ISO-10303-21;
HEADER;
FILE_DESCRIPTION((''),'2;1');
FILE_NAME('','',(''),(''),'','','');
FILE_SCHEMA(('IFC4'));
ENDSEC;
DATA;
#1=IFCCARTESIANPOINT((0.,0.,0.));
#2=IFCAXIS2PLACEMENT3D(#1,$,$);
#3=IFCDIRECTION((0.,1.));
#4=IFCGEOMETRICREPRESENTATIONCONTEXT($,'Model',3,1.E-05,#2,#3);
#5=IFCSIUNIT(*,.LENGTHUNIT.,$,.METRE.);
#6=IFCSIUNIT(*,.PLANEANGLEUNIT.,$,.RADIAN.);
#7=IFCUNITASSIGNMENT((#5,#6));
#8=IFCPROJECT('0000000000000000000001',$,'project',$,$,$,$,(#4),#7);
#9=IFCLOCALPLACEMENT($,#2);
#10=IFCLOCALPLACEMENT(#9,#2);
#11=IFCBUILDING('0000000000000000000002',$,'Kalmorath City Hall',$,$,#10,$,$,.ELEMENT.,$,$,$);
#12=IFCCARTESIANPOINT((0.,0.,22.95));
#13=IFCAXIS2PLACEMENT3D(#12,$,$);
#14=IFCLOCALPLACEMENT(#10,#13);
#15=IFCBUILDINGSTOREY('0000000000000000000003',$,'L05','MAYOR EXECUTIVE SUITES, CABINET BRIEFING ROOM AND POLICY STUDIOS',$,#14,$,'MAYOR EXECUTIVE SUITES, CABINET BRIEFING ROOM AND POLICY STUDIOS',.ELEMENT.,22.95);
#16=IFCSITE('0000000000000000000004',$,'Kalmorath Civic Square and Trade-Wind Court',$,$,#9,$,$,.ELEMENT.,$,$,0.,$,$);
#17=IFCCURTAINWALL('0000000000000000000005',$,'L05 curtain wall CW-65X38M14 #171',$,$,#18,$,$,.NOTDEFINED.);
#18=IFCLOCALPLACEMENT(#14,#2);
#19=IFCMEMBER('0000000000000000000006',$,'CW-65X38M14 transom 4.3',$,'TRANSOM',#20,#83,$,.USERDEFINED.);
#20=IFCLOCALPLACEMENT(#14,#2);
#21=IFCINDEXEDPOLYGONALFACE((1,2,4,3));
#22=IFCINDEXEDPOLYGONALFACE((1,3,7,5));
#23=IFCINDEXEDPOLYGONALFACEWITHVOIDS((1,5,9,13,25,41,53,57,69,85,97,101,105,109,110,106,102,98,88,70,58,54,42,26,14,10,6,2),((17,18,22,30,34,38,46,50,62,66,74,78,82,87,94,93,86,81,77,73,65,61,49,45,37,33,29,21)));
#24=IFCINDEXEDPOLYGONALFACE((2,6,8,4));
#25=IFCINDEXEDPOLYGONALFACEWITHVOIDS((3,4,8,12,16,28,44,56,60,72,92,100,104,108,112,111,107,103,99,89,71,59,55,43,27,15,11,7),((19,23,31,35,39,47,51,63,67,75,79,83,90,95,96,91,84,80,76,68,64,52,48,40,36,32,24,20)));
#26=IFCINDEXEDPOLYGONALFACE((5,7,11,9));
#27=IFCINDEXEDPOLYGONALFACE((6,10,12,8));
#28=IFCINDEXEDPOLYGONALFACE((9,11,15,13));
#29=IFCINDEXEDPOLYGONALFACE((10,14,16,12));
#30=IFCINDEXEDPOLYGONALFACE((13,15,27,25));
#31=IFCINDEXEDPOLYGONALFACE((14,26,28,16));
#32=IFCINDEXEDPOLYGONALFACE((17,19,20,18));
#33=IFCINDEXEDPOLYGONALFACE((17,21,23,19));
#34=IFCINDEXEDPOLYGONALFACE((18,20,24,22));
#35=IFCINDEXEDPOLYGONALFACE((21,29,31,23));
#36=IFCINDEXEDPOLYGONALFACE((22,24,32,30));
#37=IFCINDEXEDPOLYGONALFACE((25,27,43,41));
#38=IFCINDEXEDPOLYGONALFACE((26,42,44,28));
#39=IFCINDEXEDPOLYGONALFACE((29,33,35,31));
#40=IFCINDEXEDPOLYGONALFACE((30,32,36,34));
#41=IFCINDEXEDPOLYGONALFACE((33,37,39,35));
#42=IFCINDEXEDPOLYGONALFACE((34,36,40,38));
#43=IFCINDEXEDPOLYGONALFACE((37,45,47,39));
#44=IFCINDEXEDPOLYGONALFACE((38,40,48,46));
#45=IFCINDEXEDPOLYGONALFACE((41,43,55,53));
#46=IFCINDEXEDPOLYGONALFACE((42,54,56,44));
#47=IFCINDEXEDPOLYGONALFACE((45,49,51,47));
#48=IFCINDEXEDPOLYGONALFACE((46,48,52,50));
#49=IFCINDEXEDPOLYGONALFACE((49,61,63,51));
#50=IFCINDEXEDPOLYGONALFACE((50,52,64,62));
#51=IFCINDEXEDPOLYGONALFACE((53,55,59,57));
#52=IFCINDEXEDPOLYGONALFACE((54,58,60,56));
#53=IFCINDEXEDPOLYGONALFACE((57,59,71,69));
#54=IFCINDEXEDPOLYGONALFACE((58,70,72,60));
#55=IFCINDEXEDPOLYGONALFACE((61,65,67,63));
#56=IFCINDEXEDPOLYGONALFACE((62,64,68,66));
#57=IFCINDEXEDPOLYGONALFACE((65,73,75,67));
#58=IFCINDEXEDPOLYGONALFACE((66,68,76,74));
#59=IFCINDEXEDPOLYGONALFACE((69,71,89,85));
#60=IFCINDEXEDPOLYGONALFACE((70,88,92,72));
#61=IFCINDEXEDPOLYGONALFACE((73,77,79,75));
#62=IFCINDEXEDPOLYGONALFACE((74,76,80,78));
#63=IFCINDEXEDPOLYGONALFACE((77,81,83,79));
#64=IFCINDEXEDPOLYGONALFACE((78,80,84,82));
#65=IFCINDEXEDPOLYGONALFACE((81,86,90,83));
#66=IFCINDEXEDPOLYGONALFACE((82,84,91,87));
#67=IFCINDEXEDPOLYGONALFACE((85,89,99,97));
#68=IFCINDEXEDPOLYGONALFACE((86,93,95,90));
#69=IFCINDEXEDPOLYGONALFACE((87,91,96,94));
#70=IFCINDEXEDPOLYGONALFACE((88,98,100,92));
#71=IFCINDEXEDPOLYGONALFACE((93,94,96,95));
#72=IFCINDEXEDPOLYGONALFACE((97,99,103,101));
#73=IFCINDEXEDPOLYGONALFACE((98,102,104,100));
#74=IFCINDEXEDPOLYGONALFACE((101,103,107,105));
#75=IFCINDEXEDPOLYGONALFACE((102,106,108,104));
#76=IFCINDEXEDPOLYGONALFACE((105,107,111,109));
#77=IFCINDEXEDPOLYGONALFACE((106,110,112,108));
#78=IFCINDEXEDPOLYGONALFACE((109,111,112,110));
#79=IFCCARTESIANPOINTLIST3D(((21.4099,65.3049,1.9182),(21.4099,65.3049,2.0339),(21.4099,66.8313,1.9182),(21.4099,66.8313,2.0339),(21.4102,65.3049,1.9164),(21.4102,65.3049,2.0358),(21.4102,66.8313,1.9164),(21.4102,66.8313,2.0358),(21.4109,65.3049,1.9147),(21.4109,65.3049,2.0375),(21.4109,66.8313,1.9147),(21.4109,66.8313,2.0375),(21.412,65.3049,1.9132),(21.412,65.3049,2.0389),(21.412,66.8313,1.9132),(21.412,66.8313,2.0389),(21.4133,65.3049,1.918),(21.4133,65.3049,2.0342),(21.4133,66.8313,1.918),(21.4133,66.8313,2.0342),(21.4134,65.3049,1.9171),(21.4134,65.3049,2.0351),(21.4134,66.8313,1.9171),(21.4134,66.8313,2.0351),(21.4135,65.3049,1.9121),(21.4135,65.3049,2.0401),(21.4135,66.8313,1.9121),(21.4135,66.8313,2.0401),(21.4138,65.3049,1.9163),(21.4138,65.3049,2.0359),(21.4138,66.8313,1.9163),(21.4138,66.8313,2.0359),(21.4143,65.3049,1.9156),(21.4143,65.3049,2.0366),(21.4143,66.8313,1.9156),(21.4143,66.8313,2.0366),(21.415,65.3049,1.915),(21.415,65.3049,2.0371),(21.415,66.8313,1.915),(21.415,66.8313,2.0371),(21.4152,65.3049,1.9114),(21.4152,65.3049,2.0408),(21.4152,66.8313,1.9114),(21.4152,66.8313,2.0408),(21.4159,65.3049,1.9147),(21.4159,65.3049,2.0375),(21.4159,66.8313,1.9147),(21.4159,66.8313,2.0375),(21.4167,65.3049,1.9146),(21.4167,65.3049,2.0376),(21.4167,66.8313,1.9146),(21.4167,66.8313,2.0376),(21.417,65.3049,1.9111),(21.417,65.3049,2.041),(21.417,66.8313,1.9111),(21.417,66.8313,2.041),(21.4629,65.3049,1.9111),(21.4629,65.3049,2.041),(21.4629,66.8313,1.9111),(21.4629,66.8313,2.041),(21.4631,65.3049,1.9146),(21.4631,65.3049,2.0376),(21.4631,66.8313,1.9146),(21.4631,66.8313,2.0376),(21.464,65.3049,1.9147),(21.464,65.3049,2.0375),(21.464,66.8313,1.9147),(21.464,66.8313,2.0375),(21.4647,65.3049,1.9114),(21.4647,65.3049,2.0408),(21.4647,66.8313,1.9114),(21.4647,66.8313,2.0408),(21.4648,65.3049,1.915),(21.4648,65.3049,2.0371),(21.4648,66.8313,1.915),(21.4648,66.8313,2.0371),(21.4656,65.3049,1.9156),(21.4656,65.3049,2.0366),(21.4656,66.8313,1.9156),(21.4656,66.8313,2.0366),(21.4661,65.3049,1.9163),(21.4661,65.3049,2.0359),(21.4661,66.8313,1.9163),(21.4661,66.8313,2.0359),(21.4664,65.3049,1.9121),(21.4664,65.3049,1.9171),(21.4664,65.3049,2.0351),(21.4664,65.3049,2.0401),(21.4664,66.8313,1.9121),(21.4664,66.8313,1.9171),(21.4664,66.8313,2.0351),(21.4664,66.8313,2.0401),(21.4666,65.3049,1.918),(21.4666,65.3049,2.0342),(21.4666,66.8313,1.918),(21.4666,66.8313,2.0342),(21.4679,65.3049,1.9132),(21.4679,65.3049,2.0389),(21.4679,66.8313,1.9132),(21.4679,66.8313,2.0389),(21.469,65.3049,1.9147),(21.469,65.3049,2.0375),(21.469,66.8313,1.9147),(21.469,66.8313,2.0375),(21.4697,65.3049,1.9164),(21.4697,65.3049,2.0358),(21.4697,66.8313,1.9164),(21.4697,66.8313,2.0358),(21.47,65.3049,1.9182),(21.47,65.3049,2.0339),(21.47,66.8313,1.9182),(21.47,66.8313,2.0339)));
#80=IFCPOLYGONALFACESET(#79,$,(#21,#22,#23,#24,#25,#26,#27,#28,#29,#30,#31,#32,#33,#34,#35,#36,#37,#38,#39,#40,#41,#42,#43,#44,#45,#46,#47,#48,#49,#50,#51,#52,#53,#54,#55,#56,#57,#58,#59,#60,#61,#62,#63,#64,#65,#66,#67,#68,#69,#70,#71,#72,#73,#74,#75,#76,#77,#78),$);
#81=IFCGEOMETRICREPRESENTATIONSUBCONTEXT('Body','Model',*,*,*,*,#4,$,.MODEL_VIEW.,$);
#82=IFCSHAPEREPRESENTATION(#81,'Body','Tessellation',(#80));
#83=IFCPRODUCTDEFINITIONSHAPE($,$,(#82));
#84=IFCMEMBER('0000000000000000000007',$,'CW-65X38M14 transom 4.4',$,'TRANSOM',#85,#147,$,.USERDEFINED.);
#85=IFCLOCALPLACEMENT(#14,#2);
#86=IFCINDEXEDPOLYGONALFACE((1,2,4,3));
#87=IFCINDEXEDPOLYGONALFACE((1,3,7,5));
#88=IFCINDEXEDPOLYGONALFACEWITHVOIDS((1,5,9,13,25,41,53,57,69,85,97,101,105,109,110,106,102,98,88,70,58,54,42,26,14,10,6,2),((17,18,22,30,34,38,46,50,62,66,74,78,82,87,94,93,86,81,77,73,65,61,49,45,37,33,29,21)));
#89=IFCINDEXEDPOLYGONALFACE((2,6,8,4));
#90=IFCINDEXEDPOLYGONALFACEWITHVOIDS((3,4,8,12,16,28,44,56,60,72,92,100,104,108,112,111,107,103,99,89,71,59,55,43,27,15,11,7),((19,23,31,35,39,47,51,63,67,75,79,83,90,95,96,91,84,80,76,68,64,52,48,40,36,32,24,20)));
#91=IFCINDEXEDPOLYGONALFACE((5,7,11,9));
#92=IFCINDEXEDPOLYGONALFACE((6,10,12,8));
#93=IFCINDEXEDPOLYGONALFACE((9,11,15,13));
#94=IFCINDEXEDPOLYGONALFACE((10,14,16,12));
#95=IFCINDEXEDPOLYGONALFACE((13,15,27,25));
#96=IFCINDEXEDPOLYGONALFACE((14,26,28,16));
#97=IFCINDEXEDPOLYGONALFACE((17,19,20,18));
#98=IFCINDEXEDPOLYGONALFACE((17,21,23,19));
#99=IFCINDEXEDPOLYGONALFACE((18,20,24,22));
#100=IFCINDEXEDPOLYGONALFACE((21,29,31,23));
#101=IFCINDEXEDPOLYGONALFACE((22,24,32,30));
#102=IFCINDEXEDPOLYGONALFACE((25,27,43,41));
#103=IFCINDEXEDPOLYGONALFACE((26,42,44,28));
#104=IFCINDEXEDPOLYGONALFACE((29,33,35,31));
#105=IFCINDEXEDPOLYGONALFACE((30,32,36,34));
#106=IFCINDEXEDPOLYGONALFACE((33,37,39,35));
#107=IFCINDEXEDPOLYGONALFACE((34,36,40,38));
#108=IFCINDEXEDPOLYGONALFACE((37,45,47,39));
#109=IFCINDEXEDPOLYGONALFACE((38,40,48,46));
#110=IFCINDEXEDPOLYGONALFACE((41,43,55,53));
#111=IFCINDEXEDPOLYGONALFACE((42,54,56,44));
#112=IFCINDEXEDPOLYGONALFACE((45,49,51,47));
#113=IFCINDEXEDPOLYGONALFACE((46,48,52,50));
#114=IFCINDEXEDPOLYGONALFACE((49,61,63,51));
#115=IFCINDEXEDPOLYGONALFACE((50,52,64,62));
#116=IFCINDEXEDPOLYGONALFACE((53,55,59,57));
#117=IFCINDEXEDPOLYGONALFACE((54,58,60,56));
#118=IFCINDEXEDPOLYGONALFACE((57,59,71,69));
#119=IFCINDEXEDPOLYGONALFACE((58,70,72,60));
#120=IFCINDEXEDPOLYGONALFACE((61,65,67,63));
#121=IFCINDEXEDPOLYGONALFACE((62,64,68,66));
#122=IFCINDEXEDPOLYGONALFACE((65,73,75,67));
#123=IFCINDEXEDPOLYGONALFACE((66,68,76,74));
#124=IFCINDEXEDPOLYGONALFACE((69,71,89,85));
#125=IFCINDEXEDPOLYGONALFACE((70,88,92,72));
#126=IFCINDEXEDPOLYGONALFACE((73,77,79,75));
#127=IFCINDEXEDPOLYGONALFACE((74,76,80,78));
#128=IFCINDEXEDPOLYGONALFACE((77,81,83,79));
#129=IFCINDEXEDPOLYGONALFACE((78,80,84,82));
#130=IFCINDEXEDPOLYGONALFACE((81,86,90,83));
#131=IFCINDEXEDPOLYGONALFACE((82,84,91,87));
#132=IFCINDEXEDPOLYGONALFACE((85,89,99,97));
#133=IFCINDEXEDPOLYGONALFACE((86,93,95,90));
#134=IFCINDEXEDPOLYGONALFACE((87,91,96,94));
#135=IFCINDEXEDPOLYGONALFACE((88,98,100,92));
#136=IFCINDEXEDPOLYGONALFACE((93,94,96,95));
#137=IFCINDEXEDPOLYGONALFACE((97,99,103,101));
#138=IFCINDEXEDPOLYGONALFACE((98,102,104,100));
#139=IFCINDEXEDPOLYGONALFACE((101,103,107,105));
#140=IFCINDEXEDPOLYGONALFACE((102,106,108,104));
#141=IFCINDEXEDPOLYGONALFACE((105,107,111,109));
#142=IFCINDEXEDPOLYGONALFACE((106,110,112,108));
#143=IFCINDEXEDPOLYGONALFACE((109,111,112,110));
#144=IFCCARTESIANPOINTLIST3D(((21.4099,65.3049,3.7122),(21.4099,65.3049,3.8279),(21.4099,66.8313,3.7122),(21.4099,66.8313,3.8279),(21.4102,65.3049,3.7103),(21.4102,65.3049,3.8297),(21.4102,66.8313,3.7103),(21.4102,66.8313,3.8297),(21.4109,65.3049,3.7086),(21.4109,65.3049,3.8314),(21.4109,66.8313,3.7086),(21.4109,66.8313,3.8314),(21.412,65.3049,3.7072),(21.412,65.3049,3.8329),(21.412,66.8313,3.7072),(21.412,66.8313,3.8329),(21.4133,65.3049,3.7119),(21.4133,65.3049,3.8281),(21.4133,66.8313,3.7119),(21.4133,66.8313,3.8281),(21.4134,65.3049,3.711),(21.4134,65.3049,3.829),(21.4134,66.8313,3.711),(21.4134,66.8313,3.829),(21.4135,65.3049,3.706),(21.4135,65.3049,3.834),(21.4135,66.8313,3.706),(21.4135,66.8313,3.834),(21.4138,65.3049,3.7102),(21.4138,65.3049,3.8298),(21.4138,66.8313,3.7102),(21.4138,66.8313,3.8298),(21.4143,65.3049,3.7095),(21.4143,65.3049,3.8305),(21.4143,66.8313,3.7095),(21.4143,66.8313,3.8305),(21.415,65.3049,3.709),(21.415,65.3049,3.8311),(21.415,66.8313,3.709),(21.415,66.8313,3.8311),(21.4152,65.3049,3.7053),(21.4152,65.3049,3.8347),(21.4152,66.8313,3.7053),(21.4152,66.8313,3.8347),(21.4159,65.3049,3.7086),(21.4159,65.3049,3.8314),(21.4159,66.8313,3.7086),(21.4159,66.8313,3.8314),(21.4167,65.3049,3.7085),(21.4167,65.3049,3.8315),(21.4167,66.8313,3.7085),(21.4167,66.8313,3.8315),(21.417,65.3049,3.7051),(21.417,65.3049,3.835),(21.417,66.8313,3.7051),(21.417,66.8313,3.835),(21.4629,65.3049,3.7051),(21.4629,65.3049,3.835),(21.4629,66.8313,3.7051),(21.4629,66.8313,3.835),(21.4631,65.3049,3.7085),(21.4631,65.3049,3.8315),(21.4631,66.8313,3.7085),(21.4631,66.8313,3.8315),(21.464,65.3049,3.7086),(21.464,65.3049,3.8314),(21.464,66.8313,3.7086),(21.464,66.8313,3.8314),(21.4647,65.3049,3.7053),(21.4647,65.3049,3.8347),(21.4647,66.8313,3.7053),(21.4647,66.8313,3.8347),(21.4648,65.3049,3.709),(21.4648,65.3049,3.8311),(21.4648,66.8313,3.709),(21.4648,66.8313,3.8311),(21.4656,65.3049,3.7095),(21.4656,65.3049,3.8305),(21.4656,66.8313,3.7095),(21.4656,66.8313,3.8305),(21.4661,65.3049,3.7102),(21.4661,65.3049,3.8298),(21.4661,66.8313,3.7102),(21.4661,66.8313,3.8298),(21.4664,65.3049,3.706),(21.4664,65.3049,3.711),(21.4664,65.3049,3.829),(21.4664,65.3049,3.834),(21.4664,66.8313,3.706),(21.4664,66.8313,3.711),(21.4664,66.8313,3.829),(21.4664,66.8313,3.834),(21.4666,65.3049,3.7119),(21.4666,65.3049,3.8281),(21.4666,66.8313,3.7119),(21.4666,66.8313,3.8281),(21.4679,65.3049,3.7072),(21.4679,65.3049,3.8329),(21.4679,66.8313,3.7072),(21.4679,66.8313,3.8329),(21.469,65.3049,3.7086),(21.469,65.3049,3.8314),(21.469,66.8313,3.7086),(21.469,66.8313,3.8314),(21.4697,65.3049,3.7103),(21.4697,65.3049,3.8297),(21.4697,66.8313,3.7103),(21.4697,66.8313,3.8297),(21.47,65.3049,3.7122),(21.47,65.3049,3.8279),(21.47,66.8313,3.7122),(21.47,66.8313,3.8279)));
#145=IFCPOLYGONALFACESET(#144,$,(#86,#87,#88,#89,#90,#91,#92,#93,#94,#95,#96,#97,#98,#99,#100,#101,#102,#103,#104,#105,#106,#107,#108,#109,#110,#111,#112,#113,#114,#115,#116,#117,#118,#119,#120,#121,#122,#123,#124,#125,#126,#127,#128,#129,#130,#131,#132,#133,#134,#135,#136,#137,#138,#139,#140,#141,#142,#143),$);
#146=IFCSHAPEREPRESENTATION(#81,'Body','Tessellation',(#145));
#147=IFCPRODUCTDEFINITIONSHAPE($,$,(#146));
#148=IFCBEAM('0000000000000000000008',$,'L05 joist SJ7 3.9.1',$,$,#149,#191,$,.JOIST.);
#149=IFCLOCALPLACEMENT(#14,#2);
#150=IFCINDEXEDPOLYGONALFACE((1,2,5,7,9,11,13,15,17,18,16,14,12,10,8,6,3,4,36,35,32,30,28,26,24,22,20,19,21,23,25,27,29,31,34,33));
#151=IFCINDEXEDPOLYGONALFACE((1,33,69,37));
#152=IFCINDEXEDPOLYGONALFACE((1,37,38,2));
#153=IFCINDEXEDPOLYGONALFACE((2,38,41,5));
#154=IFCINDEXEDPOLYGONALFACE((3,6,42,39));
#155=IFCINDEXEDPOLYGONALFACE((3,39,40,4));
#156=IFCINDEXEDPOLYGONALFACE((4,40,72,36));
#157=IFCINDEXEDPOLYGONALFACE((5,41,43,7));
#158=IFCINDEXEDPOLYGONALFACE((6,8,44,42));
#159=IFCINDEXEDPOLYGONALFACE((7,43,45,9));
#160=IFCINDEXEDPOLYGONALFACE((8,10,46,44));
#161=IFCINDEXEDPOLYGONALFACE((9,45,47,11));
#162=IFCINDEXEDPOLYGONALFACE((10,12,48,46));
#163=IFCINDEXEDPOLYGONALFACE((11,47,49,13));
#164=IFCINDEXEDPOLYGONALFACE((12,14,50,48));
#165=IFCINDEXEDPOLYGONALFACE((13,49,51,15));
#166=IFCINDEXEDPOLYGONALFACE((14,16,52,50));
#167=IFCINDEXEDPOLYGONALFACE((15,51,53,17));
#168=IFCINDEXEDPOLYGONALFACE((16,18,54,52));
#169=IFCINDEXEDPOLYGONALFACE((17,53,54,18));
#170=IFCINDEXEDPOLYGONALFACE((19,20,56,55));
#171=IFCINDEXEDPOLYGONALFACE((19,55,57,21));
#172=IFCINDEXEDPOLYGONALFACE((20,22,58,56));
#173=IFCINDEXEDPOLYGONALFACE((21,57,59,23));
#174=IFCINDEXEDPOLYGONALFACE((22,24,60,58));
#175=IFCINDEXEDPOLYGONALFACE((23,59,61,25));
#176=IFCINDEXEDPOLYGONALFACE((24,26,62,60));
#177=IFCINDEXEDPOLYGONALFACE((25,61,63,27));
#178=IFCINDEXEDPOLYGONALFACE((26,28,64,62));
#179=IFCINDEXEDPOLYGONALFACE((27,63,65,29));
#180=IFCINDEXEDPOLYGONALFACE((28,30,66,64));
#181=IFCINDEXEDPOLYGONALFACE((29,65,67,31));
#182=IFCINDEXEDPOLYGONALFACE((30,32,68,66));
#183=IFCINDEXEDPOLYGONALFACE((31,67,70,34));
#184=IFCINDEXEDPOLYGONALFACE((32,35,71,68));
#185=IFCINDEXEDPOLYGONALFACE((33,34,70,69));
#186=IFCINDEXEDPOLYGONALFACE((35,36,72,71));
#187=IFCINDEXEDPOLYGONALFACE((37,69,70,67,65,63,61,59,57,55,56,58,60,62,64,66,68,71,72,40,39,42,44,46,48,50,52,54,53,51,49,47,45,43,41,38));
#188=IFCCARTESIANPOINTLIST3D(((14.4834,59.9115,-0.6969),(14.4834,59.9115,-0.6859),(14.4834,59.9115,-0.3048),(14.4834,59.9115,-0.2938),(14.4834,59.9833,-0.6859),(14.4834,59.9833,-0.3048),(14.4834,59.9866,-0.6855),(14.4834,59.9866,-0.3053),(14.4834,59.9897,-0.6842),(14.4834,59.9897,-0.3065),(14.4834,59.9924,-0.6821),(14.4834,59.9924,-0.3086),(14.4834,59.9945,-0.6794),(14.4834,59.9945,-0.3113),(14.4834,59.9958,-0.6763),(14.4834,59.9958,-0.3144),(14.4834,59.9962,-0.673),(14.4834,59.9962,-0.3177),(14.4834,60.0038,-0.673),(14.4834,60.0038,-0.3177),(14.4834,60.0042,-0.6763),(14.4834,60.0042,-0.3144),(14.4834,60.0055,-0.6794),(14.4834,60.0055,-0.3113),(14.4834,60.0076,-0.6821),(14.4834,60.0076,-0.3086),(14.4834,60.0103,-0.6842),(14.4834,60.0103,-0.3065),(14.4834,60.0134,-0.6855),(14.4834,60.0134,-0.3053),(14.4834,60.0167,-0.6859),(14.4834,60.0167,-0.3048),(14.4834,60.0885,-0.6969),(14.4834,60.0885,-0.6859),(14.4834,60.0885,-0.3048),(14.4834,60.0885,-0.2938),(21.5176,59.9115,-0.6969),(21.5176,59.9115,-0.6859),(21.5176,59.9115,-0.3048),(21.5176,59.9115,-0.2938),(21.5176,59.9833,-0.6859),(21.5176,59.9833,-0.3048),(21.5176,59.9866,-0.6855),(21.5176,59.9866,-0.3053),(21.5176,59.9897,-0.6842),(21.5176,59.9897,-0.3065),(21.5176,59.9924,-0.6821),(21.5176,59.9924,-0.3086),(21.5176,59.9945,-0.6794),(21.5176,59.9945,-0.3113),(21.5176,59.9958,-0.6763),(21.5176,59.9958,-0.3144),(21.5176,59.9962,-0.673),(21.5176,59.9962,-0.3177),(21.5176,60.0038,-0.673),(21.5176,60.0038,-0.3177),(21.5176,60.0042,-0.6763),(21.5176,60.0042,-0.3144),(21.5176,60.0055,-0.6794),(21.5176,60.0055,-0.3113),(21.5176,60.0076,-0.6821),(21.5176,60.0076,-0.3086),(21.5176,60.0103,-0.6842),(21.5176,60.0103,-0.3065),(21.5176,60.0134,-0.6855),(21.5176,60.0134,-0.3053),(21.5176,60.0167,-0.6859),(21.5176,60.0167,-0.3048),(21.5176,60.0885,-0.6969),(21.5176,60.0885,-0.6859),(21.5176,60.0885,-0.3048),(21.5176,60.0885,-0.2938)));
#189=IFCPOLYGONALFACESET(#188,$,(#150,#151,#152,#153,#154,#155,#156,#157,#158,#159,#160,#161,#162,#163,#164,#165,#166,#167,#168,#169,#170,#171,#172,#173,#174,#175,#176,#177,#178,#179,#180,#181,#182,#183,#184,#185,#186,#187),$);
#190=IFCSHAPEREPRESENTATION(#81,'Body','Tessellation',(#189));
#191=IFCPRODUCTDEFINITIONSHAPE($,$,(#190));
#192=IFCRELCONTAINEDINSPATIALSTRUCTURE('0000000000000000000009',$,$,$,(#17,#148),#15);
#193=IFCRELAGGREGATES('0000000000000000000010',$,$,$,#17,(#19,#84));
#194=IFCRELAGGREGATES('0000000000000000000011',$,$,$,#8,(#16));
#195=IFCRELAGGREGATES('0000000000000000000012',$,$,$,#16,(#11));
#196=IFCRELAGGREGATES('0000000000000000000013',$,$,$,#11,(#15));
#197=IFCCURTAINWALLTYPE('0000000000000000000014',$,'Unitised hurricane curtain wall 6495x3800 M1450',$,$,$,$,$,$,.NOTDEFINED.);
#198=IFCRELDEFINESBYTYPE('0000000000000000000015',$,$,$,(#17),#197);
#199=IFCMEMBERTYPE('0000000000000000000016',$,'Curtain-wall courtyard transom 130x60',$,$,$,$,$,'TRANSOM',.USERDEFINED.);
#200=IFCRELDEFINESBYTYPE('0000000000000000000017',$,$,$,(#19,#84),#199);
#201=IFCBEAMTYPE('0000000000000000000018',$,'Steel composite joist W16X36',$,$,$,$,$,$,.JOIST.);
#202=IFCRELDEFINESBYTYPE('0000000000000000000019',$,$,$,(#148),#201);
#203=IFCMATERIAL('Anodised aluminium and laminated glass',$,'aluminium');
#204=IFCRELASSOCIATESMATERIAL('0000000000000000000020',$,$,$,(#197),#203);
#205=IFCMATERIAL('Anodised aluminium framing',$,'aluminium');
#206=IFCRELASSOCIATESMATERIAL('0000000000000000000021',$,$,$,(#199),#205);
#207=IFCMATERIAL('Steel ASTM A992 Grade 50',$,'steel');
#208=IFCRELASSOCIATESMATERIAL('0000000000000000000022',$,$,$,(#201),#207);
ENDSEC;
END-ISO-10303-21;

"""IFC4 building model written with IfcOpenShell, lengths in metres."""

from ifc_helpers import new_model, si_unit, direction, frame, origin, origin_2d, place, context, subcontext, project, spatial, hollow_rectangle, i_section, extrude, material, material_profile, profile_set, type_object, element, aggregate, save


model = new_model("IFC4")

# Units and contexts
model_context = context("Model", 3, precision=1e-05, world=origin(), true_north=direction((0.0, 1.0)))
body_context = subcontext(model_context, "Body", "Model", "MODEL_VIEW")
ifc_project = project(units=[si_unit("LENGTHUNIT", "METRE"), si_unit("PLANEANGLEUNIT", "RADIAN")], contexts=[model_context])

# Site, building, storey
site_placement = place(None, origin())
site = spatial("IfcSite", under=ifc_project, at=site_placement, Name="Kalmorath Civic Square and Trade-Wind Court", CompositionType="ELEMENT", RefElevation=0.0)
building_placement = place(site_placement, origin())
building = spatial("IfcBuilding", under=site, at=building_placement, Name="Kalmorath City Hall", CompositionType="ELEMENT")
storey_placement = place(building_placement, frame((0.0, 0.0, 22.95)))
storey = spatial("IfcBuildingStorey", under=building, at=storey_placement, Name="L05", Description="MAYOR EXECUTIVE SUITES, CABINET BRIEFING ROOM AND POLICY STUDIOS", LongName="MAYOR EXECUTIVE SUITES, CABINET BRIEFING ROOM AND POLICY STUDIOS", CompositionType="ELEMENT", Elevation=22.95)

# Curtain wall, members
ifc_material_1 = material(Name="Anodised aluminium and laminated glass", Category="aluminium")
curtain_wall_type = type_object("IfcCurtainWallType", Name="Unitised hurricane curtain wall 6495x3800 M1450", PredefinedType="NOTDEFINED", material=ifc_material_1)
curtain_wall_placement = place(storey_placement, origin())
curtain_wall = element("IfcCurtainWall", 1, at=curtain_wall_placement, inside=storey, type_object=curtain_wall_type, Name="L05 curtain wall CW-65X38M14 #171", PredefinedType="NOTDEFINED")
ifc_material_2 = material(Name="Anodised aluminium framing", Category="aluminium")
ifc_material_profile_1 = material_profile(ifc_material_2, hollow_rectangle(XDim=0.0601, YDim=0.1299, WallThickness=0.0034, InnerFilletRadius=0.0034, OuterFilletRadius=0.0071, at=origin_2d()), Name="ALU-TRN-130X60X3.5")
ifc_profile_set_1 = profile_set([ifc_material_profile_1], Name="Anodised aluminium framing")
member_type_1 = type_object("IfcMemberType", Name="Curtain-wall courtyard transom 130x60", ElementType="TRANSOM", PredefinedType="USERDEFINED", material=ifc_profile_set_1)
member_1_placement = place(storey_placement, frame((21.4399, 66.8313, 1.9761), z_axis=(0.0, -1.0, 0.0), x_axis=(1.0, 0.0, 0.0)))
member_1 = element("IfcMember", 2, at=member_1_placement, type_object=member_type_1, Name="CW-65X38M14 transom 4.3", ObjectType="TRANSOM", PredefinedType="USERDEFINED", context=body_context, shape_type="SweptSolid", body=[
    extrude(hollow_rectangle(XDim=0.0601, YDim=0.1299, WallThickness=0.0034, InnerFilletRadius=0.0034, OuterFilletRadius=0.0071, at=origin_2d()), origin(), (0.0, 0.0, 1.0), 1.5264),
])
member_2_placement = place(storey_placement, frame((21.4399, 66.8313, 3.77), z_axis=(0.0, -1.0, 0.0), x_axis=(1.0, 0.0, 0.0)))
member_2 = element("IfcMember", 3, at=member_2_placement, type_object=member_type_1, Name="CW-65X38M14 transom 4.4", ObjectType="TRANSOM", PredefinedType="USERDEFINED", context=body_context, shape_type="SweptSolid", body=[
    extrude(hollow_rectangle(XDim=0.0601, YDim=0.1299, WallThickness=0.0034, InnerFilletRadius=0.0034, OuterFilletRadius=0.0071, at=origin_2d()), origin(), (0.0, 0.0, 1.0), 1.5264),
])

# Beam
ifc_material_3 = material(Name="Steel ASTM A992 Grade 50", Category="steel")
ifc_material_profile_2 = material_profile(ifc_material_3, i_section(OverallWidth=0.177, OverallDepth=0.4031, WebThickness=0.0076, FlangeThickness=0.011, FilletRadius=0.0129, at=origin_2d()), Name="W16X36")
ifc_profile_set_2 = profile_set([ifc_material_profile_2], Name="Steel ASTM A992 Grade 50")
beam_type_1 = type_object("IfcBeamType", Name="Steel composite joist W16X36", PredefinedType="JOIST", material=ifc_profile_set_2)
for number, where, z_axis, x_axis, name in (
    (4, (14.4834, 60.0, -0.4954), (1.0, 0.0, 0.0), (0.0, 1.0, 0.0), "L05 joist SJ7 3.9.1"),
):
    element("IfcBeam", number, at=place(storey_placement, frame(where, z_axis=z_axis, x_axis=x_axis)), inside=storey, type_object=beam_type_1, Name=name, PredefinedType="JOIST", context=body_context, shape_type="SweptSolid", body=[
        extrude(i_section(OverallWidth=0.177, OverallDepth=0.4031, WebThickness=0.0076, FlangeThickness=0.011, FilletRadius=0.0129, at=origin_2d()), origin(), (0.0, 0.0, 1.0), 7.0342),
    ])

aggregate(curtain_wall, [member_1, member_2])

save(model, "model.ifc")
